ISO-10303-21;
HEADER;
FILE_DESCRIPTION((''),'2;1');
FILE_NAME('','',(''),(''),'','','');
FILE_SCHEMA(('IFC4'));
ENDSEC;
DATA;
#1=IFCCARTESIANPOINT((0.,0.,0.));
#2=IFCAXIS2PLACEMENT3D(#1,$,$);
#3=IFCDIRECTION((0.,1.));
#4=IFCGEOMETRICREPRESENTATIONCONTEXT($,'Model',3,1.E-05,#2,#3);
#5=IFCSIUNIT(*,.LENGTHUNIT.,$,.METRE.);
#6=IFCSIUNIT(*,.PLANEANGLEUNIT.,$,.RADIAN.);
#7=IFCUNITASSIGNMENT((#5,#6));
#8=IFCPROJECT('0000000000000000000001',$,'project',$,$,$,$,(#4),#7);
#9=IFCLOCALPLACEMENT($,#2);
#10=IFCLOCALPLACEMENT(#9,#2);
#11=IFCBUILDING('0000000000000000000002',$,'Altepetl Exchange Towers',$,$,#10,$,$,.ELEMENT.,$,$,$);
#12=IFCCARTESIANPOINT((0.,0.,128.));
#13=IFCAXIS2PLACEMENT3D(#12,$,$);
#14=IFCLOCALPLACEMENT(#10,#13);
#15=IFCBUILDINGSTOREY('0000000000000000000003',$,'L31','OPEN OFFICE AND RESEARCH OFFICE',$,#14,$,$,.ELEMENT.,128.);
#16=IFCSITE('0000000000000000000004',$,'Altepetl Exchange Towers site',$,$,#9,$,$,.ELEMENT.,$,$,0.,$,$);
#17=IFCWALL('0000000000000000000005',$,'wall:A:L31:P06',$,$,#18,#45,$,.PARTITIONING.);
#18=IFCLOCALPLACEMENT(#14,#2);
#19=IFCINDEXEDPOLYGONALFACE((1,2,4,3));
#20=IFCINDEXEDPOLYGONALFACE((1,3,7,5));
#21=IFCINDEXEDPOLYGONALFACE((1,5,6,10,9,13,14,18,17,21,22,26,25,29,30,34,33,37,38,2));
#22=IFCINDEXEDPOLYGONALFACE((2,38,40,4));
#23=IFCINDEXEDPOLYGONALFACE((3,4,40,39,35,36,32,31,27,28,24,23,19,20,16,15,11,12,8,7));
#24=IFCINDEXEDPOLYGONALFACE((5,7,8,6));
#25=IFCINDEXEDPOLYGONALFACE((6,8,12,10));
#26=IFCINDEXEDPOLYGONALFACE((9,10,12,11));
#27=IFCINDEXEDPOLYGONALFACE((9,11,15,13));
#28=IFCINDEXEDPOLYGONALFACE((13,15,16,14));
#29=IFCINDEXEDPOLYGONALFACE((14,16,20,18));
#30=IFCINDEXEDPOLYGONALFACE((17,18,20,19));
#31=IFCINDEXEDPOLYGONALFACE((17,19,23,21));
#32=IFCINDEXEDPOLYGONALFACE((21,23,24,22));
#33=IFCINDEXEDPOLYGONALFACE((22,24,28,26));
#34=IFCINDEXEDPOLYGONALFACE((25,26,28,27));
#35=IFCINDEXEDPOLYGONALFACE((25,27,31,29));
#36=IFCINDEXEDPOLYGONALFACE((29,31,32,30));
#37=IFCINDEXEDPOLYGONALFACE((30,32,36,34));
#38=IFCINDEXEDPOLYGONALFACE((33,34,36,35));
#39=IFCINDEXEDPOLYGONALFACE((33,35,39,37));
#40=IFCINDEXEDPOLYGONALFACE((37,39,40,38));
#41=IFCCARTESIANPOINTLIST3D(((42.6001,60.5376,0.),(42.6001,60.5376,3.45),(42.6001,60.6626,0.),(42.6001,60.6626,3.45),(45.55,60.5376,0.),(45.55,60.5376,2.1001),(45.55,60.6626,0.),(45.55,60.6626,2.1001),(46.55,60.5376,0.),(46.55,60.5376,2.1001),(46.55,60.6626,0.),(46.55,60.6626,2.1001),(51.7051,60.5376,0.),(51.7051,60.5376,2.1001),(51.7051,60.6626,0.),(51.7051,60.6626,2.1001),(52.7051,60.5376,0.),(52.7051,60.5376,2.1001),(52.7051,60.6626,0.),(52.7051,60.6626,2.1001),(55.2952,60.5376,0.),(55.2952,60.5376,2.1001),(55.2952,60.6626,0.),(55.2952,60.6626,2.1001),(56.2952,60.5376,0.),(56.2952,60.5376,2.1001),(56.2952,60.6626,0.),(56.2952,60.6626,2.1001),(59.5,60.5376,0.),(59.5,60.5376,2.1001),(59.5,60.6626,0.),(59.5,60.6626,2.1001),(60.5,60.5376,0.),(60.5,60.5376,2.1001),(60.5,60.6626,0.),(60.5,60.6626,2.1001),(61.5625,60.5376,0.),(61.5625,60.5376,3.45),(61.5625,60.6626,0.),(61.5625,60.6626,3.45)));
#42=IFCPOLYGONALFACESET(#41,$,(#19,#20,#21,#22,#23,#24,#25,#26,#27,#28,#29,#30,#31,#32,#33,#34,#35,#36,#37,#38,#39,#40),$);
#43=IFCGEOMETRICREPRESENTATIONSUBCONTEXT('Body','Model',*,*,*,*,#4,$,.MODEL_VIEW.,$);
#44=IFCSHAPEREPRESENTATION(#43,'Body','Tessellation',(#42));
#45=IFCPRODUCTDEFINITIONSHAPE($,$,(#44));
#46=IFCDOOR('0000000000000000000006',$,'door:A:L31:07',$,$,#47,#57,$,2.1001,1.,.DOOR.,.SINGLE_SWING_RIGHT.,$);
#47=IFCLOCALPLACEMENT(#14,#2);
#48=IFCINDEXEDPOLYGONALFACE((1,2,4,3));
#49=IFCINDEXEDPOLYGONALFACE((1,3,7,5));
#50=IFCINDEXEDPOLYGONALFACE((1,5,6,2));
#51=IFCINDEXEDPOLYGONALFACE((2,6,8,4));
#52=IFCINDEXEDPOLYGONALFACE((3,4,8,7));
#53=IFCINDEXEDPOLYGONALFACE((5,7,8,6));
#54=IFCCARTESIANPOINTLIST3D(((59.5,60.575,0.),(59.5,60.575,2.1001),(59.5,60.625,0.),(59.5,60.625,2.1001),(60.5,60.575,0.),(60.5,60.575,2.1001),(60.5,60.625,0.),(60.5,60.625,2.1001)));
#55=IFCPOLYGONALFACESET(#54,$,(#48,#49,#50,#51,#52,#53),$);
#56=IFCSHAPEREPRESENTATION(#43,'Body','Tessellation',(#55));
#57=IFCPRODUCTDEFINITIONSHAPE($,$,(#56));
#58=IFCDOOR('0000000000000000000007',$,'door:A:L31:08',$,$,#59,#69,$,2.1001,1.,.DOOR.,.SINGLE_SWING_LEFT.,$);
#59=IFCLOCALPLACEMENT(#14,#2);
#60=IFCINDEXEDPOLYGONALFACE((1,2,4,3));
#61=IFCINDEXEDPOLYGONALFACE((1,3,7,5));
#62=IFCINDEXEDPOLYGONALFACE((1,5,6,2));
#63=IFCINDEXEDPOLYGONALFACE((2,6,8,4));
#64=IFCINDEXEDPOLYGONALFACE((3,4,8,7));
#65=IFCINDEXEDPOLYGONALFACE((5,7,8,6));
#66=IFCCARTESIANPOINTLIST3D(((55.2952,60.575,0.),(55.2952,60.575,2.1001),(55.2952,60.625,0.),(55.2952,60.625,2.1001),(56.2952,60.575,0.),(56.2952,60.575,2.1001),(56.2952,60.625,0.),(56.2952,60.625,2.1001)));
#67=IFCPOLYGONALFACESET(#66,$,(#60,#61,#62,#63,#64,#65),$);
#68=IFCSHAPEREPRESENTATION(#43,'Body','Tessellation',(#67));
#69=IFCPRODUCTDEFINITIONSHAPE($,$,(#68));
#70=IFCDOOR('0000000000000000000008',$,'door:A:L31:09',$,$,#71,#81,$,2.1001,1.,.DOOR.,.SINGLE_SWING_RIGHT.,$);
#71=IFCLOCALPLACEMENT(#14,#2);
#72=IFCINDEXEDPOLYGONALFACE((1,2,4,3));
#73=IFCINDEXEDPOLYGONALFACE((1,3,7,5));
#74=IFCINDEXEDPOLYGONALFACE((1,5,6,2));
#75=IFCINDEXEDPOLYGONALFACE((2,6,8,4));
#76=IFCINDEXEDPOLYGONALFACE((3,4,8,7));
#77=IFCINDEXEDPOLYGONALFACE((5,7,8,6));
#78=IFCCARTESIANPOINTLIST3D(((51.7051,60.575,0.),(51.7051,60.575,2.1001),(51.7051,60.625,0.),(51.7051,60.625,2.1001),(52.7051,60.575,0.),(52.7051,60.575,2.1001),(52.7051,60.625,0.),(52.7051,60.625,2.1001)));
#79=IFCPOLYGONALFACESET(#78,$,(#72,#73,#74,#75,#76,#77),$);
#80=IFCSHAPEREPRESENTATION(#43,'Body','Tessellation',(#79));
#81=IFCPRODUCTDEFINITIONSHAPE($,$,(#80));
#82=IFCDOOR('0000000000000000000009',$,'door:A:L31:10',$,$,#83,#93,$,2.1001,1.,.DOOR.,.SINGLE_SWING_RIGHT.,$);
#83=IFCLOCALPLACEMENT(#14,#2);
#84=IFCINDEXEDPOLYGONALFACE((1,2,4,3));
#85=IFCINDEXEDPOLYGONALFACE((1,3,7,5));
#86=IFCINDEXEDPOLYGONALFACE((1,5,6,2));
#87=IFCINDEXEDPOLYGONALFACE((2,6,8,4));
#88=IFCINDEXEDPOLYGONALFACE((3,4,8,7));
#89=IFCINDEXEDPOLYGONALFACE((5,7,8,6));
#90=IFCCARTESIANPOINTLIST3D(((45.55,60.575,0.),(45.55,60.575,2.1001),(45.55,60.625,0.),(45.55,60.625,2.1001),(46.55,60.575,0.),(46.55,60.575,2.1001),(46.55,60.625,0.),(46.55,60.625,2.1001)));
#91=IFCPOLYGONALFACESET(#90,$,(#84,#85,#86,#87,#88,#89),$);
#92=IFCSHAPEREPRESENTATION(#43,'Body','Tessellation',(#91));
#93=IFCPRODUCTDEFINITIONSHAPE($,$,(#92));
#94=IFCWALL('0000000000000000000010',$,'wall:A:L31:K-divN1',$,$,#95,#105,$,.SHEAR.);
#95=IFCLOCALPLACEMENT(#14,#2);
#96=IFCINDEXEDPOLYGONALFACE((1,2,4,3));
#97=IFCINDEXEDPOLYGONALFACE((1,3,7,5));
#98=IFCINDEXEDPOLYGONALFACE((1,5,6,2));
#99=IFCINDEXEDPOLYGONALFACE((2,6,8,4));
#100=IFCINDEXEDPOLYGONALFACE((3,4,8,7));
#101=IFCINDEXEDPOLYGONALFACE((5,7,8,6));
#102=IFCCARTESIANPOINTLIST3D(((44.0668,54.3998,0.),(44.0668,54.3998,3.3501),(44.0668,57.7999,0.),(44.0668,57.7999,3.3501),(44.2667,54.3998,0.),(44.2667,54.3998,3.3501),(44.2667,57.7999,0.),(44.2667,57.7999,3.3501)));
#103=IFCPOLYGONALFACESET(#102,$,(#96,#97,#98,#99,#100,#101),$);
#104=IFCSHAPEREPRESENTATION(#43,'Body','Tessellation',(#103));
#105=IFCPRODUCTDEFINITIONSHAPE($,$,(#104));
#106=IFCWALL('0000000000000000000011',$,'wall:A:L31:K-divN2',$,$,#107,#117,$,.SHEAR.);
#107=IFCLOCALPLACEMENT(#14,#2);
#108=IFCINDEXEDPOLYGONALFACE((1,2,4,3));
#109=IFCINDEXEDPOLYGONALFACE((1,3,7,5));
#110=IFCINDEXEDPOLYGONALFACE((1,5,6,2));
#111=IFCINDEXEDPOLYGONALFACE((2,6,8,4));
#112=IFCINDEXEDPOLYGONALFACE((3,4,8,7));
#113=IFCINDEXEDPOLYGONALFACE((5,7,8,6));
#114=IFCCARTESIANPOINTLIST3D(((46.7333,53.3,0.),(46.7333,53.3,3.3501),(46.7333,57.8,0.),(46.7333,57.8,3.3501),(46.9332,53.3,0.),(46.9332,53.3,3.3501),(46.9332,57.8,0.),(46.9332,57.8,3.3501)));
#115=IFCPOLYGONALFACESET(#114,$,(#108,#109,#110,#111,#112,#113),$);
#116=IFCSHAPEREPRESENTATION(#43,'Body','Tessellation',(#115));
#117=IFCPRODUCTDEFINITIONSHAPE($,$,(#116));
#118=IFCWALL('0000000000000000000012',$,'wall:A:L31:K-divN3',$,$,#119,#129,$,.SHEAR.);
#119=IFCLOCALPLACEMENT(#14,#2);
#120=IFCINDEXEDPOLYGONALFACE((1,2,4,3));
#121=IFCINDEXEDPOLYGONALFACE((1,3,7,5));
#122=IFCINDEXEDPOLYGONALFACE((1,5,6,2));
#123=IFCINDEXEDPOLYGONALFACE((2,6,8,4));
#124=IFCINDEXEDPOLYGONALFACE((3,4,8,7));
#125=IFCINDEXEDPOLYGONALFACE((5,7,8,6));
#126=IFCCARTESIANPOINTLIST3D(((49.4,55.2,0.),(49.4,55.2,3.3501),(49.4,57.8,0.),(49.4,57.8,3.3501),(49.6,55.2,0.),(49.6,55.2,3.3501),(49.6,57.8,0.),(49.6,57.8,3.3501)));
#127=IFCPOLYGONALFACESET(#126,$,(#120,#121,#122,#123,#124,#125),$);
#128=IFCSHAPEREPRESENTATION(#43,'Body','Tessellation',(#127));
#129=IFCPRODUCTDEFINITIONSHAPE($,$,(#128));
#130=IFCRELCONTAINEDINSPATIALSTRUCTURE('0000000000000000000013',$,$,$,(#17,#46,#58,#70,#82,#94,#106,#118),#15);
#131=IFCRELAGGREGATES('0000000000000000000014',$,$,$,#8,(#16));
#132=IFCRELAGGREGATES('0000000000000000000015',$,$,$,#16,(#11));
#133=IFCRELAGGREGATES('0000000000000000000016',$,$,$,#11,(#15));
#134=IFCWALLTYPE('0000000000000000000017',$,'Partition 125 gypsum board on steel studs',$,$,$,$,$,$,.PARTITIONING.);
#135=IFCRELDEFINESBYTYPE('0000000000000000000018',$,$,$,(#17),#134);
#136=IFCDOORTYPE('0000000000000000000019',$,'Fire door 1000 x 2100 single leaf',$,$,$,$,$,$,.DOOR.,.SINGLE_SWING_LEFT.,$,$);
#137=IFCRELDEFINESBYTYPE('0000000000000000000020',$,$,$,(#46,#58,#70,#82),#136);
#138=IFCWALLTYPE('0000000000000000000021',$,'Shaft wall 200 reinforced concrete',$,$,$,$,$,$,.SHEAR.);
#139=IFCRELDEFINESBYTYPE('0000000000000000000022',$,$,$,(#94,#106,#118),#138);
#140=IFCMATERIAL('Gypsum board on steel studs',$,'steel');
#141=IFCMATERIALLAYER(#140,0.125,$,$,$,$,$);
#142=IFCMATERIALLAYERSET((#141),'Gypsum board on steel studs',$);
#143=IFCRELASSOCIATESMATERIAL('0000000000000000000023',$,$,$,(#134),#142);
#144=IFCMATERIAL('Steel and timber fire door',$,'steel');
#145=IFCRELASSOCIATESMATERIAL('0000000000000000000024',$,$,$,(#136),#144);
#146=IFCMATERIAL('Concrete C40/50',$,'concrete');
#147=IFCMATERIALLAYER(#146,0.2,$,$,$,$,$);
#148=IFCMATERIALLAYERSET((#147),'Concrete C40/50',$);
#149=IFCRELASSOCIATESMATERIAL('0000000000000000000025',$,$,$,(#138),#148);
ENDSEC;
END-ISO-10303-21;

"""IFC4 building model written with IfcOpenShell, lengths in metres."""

from ifc_helpers import new_model, si_unit, direction, frame, frame_2d, origin, place, context, subcontext, project, spatial, rectangle, extrude, material, layer, layer_set, type_object, element, fill, save


model = new_model("IFC4")

# Units and contexts
model_context = context("Model", 3, precision=1e-05, world=origin(), true_north=direction((0.0, 1.0)))
body_context = subcontext(model_context, "Body", "Model", "MODEL_VIEW")
ifc_project = project(units=[si_unit("LENGTHUNIT", "METRE"), si_unit("PLANEANGLEUNIT", "RADIAN")], contexts=[model_context])

# Site, building, storey
site_placement = place(None, origin())
site = spatial("IfcSite", under=ifc_project, at=site_placement, Name="Altepetl Exchange Towers site", CompositionType="ELEMENT", RefElevation=0.0)
building_placement = place(site_placement, origin())
building = spatial("IfcBuilding", under=site, at=building_placement, Name="Altepetl Exchange Towers", CompositionType="ELEMENT")
storey_placement = place(building_placement, frame((0.0, 0.0, 128.0)))
storey = spatial("IfcBuildingStorey", under=building, at=storey_placement, Name="L31", Description="OPEN OFFICE AND RESEARCH OFFICE", CompositionType="ELEMENT", Elevation=128.0)

# Shared definitions
ifc_material_1 = material(Name="Steel and timber fire door", Category="steel")

# Wall, openings, doors
ifc_material_2 = material(Name="Gypsum board on steel studs", Category="steel")
ifc_layer_1 = layer(ifc_material_2, 0.125)
ifc_layer_set_1 = layer_set([ifc_layer_1], Name="Gypsum board on steel studs")
wall_type_1 = type_object("IfcWallType", Name="Partition 125 gypsum board on steel studs", PredefinedType="PARTITIONING", material=ifc_layer_set_1)
wall_1_placement = place(storey_placement, frame((42.6001, 60.6001, 0.0)))
wall_1 = element("IfcWall", 1, at=wall_1_placement, inside=storey, type_object=wall_type_1, Name="wall:A:L31:P06", PredefinedType="PARTITIONING", context=body_context, shape_type="SweptSolid", body=[
    extrude(rectangle(XDim=18.9624, YDim=0.125, at=frame_2d((9.4812, 0.0))), origin(), (0.0, 0.0, 1.0), 3.45),
])
opening_1_placement = place(wall_1_placement, frame((16.8999, 0.0, 0.0)))
opening_1 = element("IfcOpeningElement", 2, at=opening_1_placement, cuts=wall_1, PredefinedType="OPENING", context=body_context, shape_type="SweptSolid", body=[
    extrude(rectangle(XDim=1.0, YDim=2.1001, at=frame_2d((0.5, 1.05))), frame((0.0, 0.0725, 0.0), z_axis=(0.0, -1.0, 0.0), x_axis=(1.0, 0.0, 0.0)), (0.0, 0.0, 1.0), 0.145),
])
opening_2_placement = place(wall_1_placement, frame((12.6951, 0.0, 0.0)))
opening_2 = element("IfcOpeningElement", 3, at=opening_2_placement, cuts=wall_1, PredefinedType="OPENING", context=body_context, shape_type="SweptSolid", body=[
    extrude(rectangle(XDim=1.0, YDim=2.1001, at=frame_2d((0.5, 1.05))), frame((0.0, 0.0725, 0.0), z_axis=(0.0, -1.0, 0.0), x_axis=(1.0, 0.0, 0.0)), (0.0, 0.0, 1.0), 0.145),
])
opening_3_placement = place(wall_1_placement, frame((9.105, 0.0, 0.0)))
opening_3 = element("IfcOpeningElement", 4, at=opening_3_placement, cuts=wall_1, PredefinedType="OPENING", context=body_context, shape_type="SweptSolid", body=[
    extrude(rectangle(XDim=1.0, YDim=2.1001, at=frame_2d((0.5, 1.05))), frame((0.0, 0.0725, 0.0), z_axis=(0.0, -1.0, 0.0), x_axis=(1.0, 0.0, 0.0)), (0.0, 0.0, 1.0), 0.145),
])
opening_4_placement = place(wall_1_placement, frame((2.95, 0.0, 0.0)))
opening_4 = element("IfcOpeningElement", 5, at=opening_4_placement, cuts=wall_1, PredefinedType="OPENING", context=body_context, shape_type="SweptSolid", body=[
    extrude(rectangle(XDim=1.0, YDim=2.1001, at=frame_2d((0.5, 1.05))), frame((0.0, 0.0725, 0.0), z_axis=(0.0, -1.0, 0.0), x_axis=(1.0, 0.0, 0.0)), (0.0, 0.0, 1.0), 0.145),
])
door_type_1 = type_object("IfcDoorType", Name="Fire door 1000 x 2100 single leaf", OperationType="SINGLE_SWING_LEFT", PredefinedType="DOOR", material=ifc_material_1)
door_1_placement = place(opening_1_placement, origin())
door_1 = element("IfcDoor", 6, at=door_1_placement, inside=storey, type_object=door_type_1, Name="door:A:L31:07", OperationType="SINGLE_SWING_RIGHT", OverallHeight=2.1001, OverallWidth=1.0, PredefinedType="DOOR", context=body_context, shape_type="SweptSolid", body=[
    extrude(rectangle(XDim=1.0, YDim=2.1001, at=frame_2d((0.5, 1.05))), frame((0.0, 0.0249, 0.0), z_axis=(0.0, -1.0, 0.0), x_axis=(1.0, 0.0, 0.0)), (0.0, 0.0, 1.0), 0.05),
])
fill(opening_1, door_1)
door_2_placement = place(opening_2_placement, origin())
door_2 = element("IfcDoor", 7, at=door_2_placement, inside=storey, type_object=door_type_1, Name="door:A:L31:08", OperationType="SINGLE_SWING_LEFT", OverallHeight=2.1001, OverallWidth=1.0, PredefinedType="DOOR", context=body_context, shape_type="SweptSolid", body=[
    extrude(rectangle(XDim=1.0, YDim=2.1001, at=frame_2d((0.5, 1.05))), frame((0.0, 0.0249, 0.0), z_axis=(0.0, -1.0, 0.0), x_axis=(1.0, 0.0, 0.0)), (0.0, 0.0, 1.0), 0.05),
])
fill(opening_2, door_2)
door_3_placement = place(opening_3_placement, origin())
door_3 = element("IfcDoor", 8, at=door_3_placement, inside=storey, type_object=door_type_1, Name="door:A:L31:09", OperationType="SINGLE_SWING_RIGHT", OverallHeight=2.1001, OverallWidth=1.0, PredefinedType="DOOR", context=body_context, shape_type="SweptSolid", body=[
    extrude(rectangle(XDim=1.0, YDim=2.1001, at=frame_2d((0.5, 1.05))), frame((0.0, 0.0249, 0.0), z_axis=(0.0, -1.0, 0.0), x_axis=(1.0, 0.0, 0.0)), (0.0, 0.0, 1.0), 0.05),
])
fill(opening_3, door_3)
door_4_placement = place(opening_4_placement, origin())
door_4 = element("IfcDoor", 9, at=door_4_placement, inside=storey, type_object=door_type_1, Name="door:A:L31:10", OperationType="SINGLE_SWING_RIGHT", OverallHeight=2.1001, OverallWidth=1.0, PredefinedType="DOOR", context=body_context, shape_type="SweptSolid", body=[
    extrude(rectangle(XDim=1.0, YDim=2.1001, at=frame_2d((0.5, 1.05))), frame((0.0, 0.0249, 0.0), z_axis=(0.0, -1.0, 0.0), x_axis=(1.0, 0.0, 0.0)), (0.0, 0.0, 1.0), 0.05),
])
fill(opening_4, door_4)

# Walls
ifc_material_3 = material(Name="Concrete C40/50", Category="concrete")
ifc_layer_2 = layer(ifc_material_3, 0.2)
ifc_layer_set_2 = layer_set([ifc_layer_2], Name="Concrete C40/50")
wall_type_2 = type_object("IfcWallType", Name="Shaft wall 200 reinforced concrete", PredefinedType="SHEAR", material=ifc_layer_set_2)
wall_2_placement = place(storey_placement, frame((44.1667, 57.8, 0.0), z_axis=(0.0, 0.0, 1.0), x_axis=(0.0, -1.0, 0.0)))
element("IfcWall", 10, at=wall_2_placement, inside=storey, type_object=wall_type_2, Name="wall:A:L31:K-divN1", PredefinedType="SHEAR", context=body_context, shape_type="SweptSolid", body=[
    extrude(rectangle(XDim=3.4001, YDim=0.2, at=frame_2d((1.7002, 0.0))), origin(), (0.0, 0.0, 1.0), 3.3501),
])
wall_3_placement = place(storey_placement, frame((46.8333, 57.8, 0.0), z_axis=(0.0, 0.0, 1.0), x_axis=(0.0, -1.0, 0.0)))
element("IfcWall", 11, at=wall_3_placement, inside=storey, type_object=wall_type_2, Name="wall:A:L31:K-divN2", PredefinedType="SHEAR", context=body_context, shape_type="SweptSolid", body=[
    extrude(rectangle(XDim=4.5, YDim=0.2, at=frame_2d((2.25, 0.0))), origin(), (0.0, 0.0, 1.0), 3.3501),
])
wall_4_placement = place(storey_placement, frame((49.5, 57.8, 0.0), z_axis=(0.0, 0.0, 1.0), x_axis=(0.0, -1.0, 0.0)))
element("IfcWall", 12, at=wall_4_placement, inside=storey, type_object=wall_type_2, Name="wall:A:L31:K-divN3", PredefinedType="SHEAR", context=body_context, shape_type="SweptSolid", body=[
    extrude(rectangle(XDim=2.6001, YDim=0.2, at=frame_2d((1.3, 0.0))), origin(), (0.0, 0.0, 1.0), 3.3501),
])

save(model, "model.ifc")
